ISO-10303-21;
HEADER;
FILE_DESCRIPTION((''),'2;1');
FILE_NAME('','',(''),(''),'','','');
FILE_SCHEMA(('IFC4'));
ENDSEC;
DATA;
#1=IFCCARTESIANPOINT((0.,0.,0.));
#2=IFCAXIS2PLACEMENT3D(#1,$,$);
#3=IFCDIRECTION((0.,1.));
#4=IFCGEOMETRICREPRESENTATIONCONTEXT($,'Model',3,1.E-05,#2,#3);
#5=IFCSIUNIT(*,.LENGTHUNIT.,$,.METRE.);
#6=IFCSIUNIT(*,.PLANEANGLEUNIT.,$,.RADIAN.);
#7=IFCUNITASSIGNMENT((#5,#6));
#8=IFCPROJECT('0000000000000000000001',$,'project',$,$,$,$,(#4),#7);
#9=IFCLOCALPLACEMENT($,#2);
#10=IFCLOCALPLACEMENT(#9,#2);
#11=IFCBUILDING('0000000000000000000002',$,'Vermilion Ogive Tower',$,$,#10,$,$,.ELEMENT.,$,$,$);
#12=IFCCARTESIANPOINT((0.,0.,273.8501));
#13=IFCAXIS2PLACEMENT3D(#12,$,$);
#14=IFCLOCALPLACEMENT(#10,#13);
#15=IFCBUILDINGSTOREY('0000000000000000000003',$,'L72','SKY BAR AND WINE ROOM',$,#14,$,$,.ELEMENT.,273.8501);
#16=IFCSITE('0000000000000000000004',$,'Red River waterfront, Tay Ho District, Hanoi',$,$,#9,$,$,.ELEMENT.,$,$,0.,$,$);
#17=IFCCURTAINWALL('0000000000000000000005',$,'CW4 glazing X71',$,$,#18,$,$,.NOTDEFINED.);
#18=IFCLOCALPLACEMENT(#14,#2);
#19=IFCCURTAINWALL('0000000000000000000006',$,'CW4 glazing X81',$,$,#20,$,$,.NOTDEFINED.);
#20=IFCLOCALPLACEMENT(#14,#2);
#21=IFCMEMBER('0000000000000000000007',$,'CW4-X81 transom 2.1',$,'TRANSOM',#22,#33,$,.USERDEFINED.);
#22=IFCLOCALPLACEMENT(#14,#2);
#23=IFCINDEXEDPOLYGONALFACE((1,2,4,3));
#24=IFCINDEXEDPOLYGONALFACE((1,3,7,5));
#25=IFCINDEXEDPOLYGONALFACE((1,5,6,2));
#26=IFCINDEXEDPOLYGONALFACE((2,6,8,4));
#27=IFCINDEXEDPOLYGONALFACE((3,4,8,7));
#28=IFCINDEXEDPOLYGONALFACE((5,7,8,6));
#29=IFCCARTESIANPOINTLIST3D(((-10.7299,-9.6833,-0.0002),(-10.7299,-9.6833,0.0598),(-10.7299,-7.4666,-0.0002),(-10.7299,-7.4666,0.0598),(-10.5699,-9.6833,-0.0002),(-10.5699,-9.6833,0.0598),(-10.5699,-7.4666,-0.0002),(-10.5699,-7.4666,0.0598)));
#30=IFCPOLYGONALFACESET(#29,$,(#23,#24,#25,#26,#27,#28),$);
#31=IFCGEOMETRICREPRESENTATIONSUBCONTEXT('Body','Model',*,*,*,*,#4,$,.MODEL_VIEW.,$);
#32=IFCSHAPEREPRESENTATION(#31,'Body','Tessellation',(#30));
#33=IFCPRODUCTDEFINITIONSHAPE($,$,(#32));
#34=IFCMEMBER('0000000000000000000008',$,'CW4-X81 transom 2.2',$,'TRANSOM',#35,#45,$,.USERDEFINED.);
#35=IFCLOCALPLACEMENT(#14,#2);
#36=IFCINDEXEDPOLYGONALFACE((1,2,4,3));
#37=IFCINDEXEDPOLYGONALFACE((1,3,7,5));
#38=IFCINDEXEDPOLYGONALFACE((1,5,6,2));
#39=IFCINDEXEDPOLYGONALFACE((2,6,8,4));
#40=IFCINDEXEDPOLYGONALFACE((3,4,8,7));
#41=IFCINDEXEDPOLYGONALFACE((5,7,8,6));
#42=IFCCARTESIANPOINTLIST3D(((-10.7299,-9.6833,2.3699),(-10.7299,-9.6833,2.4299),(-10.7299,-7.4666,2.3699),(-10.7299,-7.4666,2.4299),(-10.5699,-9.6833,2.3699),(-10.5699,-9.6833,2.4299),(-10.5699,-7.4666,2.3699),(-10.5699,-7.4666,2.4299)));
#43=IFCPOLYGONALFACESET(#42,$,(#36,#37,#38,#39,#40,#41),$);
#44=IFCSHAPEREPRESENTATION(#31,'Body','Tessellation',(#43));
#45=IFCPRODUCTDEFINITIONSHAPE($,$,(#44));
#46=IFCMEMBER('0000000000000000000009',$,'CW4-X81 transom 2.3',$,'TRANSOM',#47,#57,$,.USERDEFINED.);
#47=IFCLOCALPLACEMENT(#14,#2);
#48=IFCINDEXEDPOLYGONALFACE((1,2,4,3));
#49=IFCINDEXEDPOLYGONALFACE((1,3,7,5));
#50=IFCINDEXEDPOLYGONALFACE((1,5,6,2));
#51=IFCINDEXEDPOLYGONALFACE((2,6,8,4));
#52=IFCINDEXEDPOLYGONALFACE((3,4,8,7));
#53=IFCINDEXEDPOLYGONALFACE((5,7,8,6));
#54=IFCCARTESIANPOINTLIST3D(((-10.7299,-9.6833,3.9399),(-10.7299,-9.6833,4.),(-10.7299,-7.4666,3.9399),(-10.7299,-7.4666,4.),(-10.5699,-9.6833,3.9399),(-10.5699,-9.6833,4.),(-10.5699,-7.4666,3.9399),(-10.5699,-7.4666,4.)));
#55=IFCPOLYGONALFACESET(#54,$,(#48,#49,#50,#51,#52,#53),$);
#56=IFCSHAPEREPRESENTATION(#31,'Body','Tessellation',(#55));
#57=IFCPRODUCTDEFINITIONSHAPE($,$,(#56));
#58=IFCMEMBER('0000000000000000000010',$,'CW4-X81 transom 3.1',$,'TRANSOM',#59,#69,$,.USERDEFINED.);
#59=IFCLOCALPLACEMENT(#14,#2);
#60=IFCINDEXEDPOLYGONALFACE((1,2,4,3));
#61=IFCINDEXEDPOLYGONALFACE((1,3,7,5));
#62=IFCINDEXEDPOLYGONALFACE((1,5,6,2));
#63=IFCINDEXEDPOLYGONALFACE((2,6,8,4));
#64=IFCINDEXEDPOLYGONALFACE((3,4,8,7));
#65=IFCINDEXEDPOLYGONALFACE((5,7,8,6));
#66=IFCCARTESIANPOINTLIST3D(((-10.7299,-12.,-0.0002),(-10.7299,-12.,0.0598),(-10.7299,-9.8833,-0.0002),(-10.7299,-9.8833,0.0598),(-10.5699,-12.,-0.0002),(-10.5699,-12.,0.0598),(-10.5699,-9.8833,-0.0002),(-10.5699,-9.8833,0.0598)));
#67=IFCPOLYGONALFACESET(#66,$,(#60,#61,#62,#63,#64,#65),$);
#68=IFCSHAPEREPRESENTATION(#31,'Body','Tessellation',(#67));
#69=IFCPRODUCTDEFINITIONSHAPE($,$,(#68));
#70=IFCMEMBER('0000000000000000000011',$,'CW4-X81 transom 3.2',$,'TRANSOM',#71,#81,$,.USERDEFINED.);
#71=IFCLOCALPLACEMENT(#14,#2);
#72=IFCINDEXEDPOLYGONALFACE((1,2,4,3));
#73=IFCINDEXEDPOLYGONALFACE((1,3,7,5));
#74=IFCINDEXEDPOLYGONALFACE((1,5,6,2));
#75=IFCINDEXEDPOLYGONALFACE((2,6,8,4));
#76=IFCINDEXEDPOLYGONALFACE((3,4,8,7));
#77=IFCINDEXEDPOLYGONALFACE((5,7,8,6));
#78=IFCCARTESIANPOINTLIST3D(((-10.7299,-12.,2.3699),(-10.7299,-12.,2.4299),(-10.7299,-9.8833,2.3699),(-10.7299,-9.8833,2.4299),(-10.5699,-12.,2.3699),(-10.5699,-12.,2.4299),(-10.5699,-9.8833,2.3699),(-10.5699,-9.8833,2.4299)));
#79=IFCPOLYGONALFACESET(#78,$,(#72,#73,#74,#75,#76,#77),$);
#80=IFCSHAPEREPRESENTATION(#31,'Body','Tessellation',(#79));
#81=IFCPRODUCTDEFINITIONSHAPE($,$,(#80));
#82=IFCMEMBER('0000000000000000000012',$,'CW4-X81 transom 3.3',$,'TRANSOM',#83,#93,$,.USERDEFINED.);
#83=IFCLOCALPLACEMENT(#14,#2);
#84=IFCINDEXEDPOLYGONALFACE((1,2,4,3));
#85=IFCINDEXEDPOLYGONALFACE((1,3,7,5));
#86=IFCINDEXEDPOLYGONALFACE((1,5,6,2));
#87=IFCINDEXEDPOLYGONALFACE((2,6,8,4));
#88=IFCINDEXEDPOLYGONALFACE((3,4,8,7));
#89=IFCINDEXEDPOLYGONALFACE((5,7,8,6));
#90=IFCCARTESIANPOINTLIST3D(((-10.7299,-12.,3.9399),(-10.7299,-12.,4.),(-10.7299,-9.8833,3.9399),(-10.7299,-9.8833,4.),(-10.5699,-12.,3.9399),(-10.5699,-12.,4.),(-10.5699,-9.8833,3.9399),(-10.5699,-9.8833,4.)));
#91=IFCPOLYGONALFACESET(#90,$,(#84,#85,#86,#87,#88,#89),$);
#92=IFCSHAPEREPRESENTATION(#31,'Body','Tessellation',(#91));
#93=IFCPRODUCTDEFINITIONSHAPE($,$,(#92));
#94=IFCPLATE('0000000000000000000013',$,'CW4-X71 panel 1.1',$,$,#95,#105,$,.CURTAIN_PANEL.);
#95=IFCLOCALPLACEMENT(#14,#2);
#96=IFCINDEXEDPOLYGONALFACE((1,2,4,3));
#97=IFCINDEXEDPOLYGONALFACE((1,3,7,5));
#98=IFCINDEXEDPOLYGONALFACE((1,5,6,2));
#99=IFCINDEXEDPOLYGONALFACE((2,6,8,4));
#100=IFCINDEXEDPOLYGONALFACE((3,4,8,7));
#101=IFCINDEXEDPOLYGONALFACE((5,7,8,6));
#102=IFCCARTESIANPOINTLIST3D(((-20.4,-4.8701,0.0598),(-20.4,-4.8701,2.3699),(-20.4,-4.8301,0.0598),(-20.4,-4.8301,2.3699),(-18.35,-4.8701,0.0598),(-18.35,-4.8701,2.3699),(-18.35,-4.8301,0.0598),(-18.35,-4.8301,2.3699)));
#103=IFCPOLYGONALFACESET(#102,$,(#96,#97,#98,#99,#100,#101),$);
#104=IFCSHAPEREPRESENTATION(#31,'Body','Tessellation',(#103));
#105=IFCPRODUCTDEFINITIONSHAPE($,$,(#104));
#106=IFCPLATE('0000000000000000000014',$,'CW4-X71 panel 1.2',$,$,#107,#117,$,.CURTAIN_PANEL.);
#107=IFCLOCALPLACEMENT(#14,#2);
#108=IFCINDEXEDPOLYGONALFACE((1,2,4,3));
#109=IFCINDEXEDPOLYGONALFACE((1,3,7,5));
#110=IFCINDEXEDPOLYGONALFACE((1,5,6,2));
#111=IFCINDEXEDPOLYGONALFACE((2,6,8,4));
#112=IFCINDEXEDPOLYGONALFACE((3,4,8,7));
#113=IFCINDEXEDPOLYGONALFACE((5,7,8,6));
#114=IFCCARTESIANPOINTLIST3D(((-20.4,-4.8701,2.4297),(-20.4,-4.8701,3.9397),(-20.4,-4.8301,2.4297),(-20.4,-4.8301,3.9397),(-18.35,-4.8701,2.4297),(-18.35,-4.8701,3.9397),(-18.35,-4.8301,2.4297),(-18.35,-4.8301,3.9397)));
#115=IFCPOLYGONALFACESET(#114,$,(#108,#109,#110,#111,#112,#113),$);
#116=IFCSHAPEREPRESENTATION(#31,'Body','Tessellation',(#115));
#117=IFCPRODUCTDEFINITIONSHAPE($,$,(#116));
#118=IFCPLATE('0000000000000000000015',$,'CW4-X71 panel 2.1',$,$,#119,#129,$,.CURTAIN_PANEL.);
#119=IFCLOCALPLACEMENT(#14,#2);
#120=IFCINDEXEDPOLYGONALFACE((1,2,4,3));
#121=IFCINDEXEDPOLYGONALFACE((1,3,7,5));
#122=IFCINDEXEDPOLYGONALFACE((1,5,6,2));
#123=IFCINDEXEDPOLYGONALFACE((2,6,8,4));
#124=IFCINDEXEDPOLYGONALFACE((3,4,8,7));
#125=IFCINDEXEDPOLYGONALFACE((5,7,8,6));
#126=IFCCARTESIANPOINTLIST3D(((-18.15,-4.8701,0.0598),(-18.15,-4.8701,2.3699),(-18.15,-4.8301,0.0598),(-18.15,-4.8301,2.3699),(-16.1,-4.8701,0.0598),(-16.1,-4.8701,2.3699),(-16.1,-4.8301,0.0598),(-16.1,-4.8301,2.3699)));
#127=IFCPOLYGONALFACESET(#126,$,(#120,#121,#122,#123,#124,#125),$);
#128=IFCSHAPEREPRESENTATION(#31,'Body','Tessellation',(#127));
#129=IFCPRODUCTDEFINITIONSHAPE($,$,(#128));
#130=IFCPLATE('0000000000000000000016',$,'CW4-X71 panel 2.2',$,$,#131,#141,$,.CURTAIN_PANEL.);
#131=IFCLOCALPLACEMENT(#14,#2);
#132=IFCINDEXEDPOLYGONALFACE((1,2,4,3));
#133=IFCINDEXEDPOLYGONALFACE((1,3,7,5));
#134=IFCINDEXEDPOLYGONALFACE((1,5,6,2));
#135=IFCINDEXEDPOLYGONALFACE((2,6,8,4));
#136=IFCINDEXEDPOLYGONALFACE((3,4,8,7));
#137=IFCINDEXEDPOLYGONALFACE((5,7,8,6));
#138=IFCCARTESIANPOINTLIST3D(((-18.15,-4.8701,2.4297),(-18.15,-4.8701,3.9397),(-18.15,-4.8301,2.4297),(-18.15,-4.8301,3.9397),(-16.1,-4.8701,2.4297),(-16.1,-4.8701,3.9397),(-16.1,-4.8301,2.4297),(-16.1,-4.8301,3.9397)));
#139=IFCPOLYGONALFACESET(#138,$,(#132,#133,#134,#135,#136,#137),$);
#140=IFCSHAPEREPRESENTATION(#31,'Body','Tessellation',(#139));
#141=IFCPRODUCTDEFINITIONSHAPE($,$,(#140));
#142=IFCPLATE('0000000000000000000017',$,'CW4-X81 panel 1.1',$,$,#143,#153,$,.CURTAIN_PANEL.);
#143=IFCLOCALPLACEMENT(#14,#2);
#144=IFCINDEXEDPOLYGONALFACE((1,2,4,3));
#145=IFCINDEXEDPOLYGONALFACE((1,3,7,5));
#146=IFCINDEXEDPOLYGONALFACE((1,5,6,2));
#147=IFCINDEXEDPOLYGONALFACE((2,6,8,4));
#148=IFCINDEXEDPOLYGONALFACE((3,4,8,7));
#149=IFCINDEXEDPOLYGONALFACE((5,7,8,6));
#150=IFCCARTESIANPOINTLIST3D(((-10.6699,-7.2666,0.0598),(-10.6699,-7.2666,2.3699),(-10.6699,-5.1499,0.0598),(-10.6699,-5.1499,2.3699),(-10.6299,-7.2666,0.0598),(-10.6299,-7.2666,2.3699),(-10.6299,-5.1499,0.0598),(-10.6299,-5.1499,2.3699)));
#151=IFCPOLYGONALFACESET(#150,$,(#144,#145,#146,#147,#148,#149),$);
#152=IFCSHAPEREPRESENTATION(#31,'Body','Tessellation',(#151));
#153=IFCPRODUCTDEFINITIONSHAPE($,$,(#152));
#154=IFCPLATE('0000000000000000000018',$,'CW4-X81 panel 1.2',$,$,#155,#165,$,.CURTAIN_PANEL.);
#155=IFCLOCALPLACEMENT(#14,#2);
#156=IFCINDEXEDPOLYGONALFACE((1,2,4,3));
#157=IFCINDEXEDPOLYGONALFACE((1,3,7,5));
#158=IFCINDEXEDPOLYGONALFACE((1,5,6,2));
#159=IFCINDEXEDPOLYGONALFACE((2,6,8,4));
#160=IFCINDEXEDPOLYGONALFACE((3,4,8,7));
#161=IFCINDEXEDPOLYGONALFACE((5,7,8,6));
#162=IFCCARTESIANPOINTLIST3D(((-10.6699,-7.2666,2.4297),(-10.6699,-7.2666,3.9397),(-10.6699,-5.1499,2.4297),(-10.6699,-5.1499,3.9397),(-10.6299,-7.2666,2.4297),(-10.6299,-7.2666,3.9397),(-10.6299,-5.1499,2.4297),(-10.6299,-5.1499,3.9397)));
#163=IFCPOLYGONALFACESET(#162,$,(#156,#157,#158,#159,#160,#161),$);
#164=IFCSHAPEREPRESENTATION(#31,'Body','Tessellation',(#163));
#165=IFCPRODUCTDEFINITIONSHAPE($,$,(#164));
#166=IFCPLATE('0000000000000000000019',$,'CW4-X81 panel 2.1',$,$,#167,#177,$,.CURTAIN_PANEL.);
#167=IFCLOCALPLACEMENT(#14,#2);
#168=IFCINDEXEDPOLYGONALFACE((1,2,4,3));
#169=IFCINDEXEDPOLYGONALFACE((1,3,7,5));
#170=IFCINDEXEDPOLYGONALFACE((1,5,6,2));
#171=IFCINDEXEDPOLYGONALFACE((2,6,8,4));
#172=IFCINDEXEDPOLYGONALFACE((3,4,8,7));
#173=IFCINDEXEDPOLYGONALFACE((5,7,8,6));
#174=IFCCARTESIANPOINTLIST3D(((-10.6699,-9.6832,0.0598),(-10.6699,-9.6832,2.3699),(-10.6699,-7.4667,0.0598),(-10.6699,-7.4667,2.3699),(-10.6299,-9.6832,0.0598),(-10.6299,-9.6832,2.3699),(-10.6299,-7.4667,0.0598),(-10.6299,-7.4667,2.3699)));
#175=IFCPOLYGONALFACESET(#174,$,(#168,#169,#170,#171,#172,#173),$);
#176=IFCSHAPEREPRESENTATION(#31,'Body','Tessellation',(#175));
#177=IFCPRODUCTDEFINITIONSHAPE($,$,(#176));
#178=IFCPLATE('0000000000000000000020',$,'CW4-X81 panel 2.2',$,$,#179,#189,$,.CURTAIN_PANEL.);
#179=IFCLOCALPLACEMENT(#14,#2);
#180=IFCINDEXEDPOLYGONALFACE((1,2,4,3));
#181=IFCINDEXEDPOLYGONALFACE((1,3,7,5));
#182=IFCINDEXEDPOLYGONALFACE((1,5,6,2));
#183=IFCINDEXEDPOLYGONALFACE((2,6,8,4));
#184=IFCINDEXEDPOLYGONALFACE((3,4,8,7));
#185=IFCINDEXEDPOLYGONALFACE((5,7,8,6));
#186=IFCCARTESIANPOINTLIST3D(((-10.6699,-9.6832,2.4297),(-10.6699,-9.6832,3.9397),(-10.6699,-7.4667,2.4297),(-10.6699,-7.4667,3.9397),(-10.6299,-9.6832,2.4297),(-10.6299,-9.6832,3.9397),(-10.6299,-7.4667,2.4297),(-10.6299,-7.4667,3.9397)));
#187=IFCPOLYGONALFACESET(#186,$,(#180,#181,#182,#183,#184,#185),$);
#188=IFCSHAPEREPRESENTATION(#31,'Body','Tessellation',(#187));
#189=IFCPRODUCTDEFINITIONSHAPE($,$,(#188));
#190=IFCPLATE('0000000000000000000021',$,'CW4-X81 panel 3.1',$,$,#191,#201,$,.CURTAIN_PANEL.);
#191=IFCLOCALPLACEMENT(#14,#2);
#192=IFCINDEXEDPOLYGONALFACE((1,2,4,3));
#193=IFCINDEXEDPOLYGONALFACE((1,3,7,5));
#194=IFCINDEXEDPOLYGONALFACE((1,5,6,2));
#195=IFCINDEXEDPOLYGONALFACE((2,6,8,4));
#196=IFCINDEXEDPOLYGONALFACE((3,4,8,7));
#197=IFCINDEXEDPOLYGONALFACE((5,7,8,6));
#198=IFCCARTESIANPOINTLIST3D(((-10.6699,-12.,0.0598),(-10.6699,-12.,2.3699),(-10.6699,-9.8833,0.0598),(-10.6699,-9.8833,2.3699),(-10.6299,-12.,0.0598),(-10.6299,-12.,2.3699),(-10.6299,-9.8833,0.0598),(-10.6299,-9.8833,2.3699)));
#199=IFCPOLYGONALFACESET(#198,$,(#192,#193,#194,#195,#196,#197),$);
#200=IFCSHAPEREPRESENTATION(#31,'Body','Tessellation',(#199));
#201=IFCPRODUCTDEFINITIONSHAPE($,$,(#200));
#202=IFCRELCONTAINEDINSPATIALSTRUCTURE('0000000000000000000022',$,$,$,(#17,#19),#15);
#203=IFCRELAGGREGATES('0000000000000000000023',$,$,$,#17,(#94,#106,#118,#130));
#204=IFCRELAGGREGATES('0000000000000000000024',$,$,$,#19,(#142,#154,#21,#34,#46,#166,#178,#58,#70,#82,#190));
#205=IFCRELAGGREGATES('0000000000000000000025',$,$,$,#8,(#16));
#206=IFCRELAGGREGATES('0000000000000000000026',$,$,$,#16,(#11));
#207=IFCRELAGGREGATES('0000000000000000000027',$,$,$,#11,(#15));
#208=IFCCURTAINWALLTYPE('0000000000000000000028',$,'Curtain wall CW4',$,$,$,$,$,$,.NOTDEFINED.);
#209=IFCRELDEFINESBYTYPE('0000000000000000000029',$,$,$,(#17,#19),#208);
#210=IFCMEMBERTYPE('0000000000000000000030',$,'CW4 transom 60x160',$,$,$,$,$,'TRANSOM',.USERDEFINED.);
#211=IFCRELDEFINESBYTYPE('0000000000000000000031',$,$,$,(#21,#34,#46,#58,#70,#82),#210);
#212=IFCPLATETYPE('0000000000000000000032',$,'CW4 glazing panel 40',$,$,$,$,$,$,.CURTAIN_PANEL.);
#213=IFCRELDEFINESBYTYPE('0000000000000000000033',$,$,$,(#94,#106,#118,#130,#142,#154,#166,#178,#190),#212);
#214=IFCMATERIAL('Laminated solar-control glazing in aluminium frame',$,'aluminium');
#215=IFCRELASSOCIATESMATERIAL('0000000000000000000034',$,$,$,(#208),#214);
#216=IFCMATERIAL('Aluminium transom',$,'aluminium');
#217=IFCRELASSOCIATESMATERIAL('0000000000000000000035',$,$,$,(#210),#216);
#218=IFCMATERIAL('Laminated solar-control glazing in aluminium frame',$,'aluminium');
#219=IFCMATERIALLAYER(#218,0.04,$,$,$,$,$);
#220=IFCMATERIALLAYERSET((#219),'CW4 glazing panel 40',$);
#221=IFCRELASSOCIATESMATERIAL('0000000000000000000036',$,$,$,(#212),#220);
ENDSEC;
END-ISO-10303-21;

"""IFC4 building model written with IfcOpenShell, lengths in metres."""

from ifc_helpers import new_model, si_unit, direction, frame, origin, origin_2d, place, context, subcontext, project, spatial, rectangle, extrude, material, layer, layer_set, material_profile, profile_set, type_object, element, aggregate, save


model = new_model("IFC4")

# Units and contexts
model_context = context("Model", 3, precision=1e-05, world=origin(), true_north=direction((0.0, 1.0)))
body_context = subcontext(model_context, "Body", "Model", "MODEL_VIEW")
ifc_project = project(units=[si_unit("LENGTHUNIT", "METRE"), si_unit("PLANEANGLEUNIT", "RADIAN")], contexts=[model_context])

# Site, building, storey
site_placement = place(None, origin())
site = spatial("IfcSite", under=ifc_project, at=site_placement, Name="Red River waterfront, Tay Ho District, Hanoi", CompositionType="ELEMENT", RefElevation=0.0)
building_placement = place(site_placement, origin())
building = spatial("IfcBuilding", under=site, at=building_placement, Name="Vermilion Ogive Tower", CompositionType="ELEMENT")
storey_placement = place(building_placement, frame((0.0, 0.0, 273.8501)))
storey = spatial("IfcBuildingStorey", under=building, at=storey_placement, Name="L72", Description="SKY BAR AND WINE ROOM", CompositionType="ELEMENT", Elevation=273.8501)

# Curtain walls
ifc_material_1 = material(Name="Laminated solar-control glazing in aluminium frame", Category="aluminium")
curtain_wall_type = type_object("IfcCurtainWallType", Name="Curtain wall CW4", PredefinedType="NOTDEFINED", material=ifc_material_1)
curtain_wall_1_placement = place(storey_placement, origin())
curtain_wall_1 = element("IfcCurtainWall", 1, at=curtain_wall_1_placement, inside=storey, type_object=curtain_wall_type, Name="CW4 glazing X71", PredefinedType="NOTDEFINED")
curtain_wall_2_placement = place(storey_placement, origin())
curtain_wall_2 = element("IfcCurtainWall", 2, at=curtain_wall_2_placement, inside=storey, type_object=curtain_wall_type, Name="CW4 glazing X81", PredefinedType="NOTDEFINED")

# Members
ifc_material_2 = material(Name="Aluminium transom", Category="aluminium")
ifc_material_profile_1 = material_profile(ifc_material_2, rectangle(XDim=0.1599, YDim=0.0601, at=origin_2d()), Name="AL 60x160")
ifc_profile_set_1 = profile_set([ifc_material_profile_1], Name="Aluminium transom")
member_type_1 = type_object("IfcMemberType", Name="CW4 transom 60x160", ElementType="TRANSOM", PredefinedType="USERDEFINED", material=ifc_profile_set_1)
member_1_placement = place(storey_placement, frame((-10.6499, -7.4666, 0.0298), z_axis=(0.0, -1.0, 0.0), x_axis=(1.0, 0.0, 0.0)))
member_1 = element("IfcMember", 3, at=member_1_placement, type_object=member_type_1, Name="CW4-X81 transom 2.1", ObjectType="TRANSOM", PredefinedType="USERDEFINED", context=body_context, shape_type="SweptSolid", body=[
    extrude(rectangle(XDim=0.1599, YDim=0.0601, at=origin_2d()), origin(), (0.0, 0.0, 1.0), 2.2168),
])
member_2_placement = place(storey_placement, frame((-10.6499, -7.4666, 2.3999), z_axis=(0.0, -1.0, 0.0), x_axis=(1.0, 0.0, 0.0)))
member_2 = element("IfcMember", 4, at=member_2_placement, type_object=member_type_1, Name="CW4-X81 transom 2.2", ObjectType="TRANSOM", PredefinedType="USERDEFINED", context=body_context, shape_type="SweptSolid", body=[
    extrude(rectangle(XDim=0.1599, YDim=0.0601, at=origin_2d()), origin(), (0.0, 0.0, 1.0), 2.2168),
])
member_3_placement = place(storey_placement, frame((-10.6499, -7.4666, 3.97), z_axis=(0.0, -1.0, 0.0), x_axis=(1.0, 0.0, 0.0)))
member_3 = element("IfcMember", 5, at=member_3_placement, type_object=member_type_1, Name="CW4-X81 transom 2.3", ObjectType="TRANSOM", PredefinedType="USERDEFINED", context=body_context, shape_type="SweptSolid", body=[
    extrude(rectangle(XDim=0.1599, YDim=0.0601, at=origin_2d()), origin(), (0.0, 0.0, 1.0), 2.2168),
])
member_4_placement = place(storey_placement, frame((-10.6499, -9.8833, 0.0298), z_axis=(0.0, -1.0, 0.0), x_axis=(1.0, 0.0, 0.0)))
member_4 = element("IfcMember", 6, at=member_4_placement, type_object=member_type_1, Name="CW4-X81 transom 3.1", ObjectType="TRANSOM", PredefinedType="USERDEFINED", context=body_context, shape_type="SweptSolid", body=[
    extrude(rectangle(XDim=0.1599, YDim=0.0601, at=origin_2d()), origin(), (0.0, 0.0, 1.0), 2.1167),
])
member_5_placement = place(storey_placement, frame((-10.6499, -9.8833, 2.3999), z_axis=(0.0, -1.0, 0.0), x_axis=(1.0, 0.0, 0.0)))
member_5 = element("IfcMember", 7, at=member_5_placement, type_object=member_type_1, Name="CW4-X81 transom 3.2", ObjectType="TRANSOM", PredefinedType="USERDEFINED", context=body_context, shape_type="SweptSolid", body=[
    extrude(rectangle(XDim=0.1599, YDim=0.0601, at=origin_2d()), origin(), (0.0, 0.0, 1.0), 2.1167),
])
member_6_placement = place(storey_placement, frame((-10.6499, -9.8833, 3.97), z_axis=(0.0, -1.0, 0.0), x_axis=(1.0, 0.0, 0.0)))
member_6 = element("IfcMember", 8, at=member_6_placement, type_object=member_type_1, Name="CW4-X81 transom 3.3", ObjectType="TRANSOM", PredefinedType="USERDEFINED", context=body_context, shape_type="SweptSolid", body=[
    extrude(rectangle(XDim=0.1599, YDim=0.0601, at=origin_2d()), origin(), (0.0, 0.0, 1.0), 2.1167),
])

# Plates
ifc_material_3 = material(Name="Laminated solar-control glazing in aluminium frame", Category="aluminium")
ifc_layer_1 = layer(ifc_material_3, 0.04)
ifc_layer_set_1 = layer_set([ifc_layer_1], Name="CW4 glazing panel 40")
plate_type = type_object("IfcPlateType", Name="CW4 glazing panel 40", PredefinedType="CURTAIN_PANEL", material=ifc_layer_set_1)
plate_1_placement = place(storey_placement, frame((-19.375, -4.8501, 0.0598), z_axis=(0.0, 0.0, 1.0), x_axis=(1.0, 0.0, 0.0)))
plate_1 = element("IfcPlate", 9, at=plate_1_placement, type_object=plate_type, Name="CW4-X71 panel 1.1", PredefinedType="CURTAIN_PANEL", context=body_context, shape_type="SweptSolid", body=[
    extrude(rectangle(XDim=2.05, YDim=0.04, at=origin_2d()), origin(), (0.0, 0.0, 1.0), 2.3101),
])
plate_2_placement = place(storey_placement, frame((-19.375, -4.8501, 2.4297), z_axis=(0.0, 0.0, 1.0), x_axis=(1.0, 0.0, 0.0)))
plate_2 = element("IfcPlate", 10, at=plate_2_placement, type_object=plate_type, Name="CW4-X71 panel 1.2", PredefinedType="CURTAIN_PANEL", context=body_context, shape_type="SweptSolid", body=[
    extrude(rectangle(XDim=2.05, YDim=0.04, at=origin_2d()), origin(), (0.0, 0.0, 1.0), 1.51),
])
plate_3_placement = place(storey_placement, frame((-17.125, -4.8501, 0.0598), z_axis=(0.0, 0.0, 1.0), x_axis=(1.0, 0.0, 0.0)))
plate_3 = element("IfcPlate", 11, at=plate_3_placement, type_object=plate_type, Name="CW4-X71 panel 2.1", PredefinedType="CURTAIN_PANEL", context=body_context, shape_type="SweptSolid", body=[
    extrude(rectangle(XDim=2.05, YDim=0.04, at=origin_2d()), origin(), (0.0, 0.0, 1.0), 2.3101),
])
plate_4_placement = place(storey_placement, frame((-17.125, -4.8501, 2.4297), z_axis=(0.0, 0.0, 1.0), x_axis=(1.0, 0.0, 0.0)))
plate_4 = element("IfcPlate", 12, at=plate_4_placement, type_object=plate_type, Name="CW4-X71 panel 2.2", PredefinedType="CURTAIN_PANEL", context=body_context, shape_type="SweptSolid", body=[
    extrude(rectangle(XDim=2.05, YDim=0.04, at=origin_2d()), origin(), (0.0, 0.0, 1.0), 1.51),
])
aggregate(curtain_wall_1, [plate_1, plate_2, plate_3, plate_4])
plate_5_placement = place(storey_placement, frame((-10.6499, -6.2083, 0.0598), z_axis=(0.0, 0.0, 1.0), x_axis=(0.0, -1.0, 0.0)))
plate_5 = element("IfcPlate", 13, at=plate_5_placement, type_object=plate_type, Name="CW4-X81 panel 1.1", PredefinedType="CURTAIN_PANEL", context=body_context, shape_type="SweptSolid", body=[
    extrude(rectangle(XDim=2.1167, YDim=0.04, at=origin_2d()), origin(), (0.0, 0.0, 1.0), 2.3101),
])
plate_6_placement = place(storey_placement, frame((-10.6499, -6.2083, 2.4297), z_axis=(0.0, 0.0, 1.0), x_axis=(0.0, -1.0, 0.0)))
plate_6 = element("IfcPlate", 14, at=plate_6_placement, type_object=plate_type, Name="CW4-X81 panel 1.2", PredefinedType="CURTAIN_PANEL", context=body_context, shape_type="SweptSolid", body=[
    extrude(rectangle(XDim=2.1167, YDim=0.04, at=origin_2d()), origin(), (0.0, 0.0, 1.0), 1.51),
])
plate_7_placement = place(storey_placement, frame((-10.6499, -8.575, 0.0598), z_axis=(0.0, 0.0, 1.0), x_axis=(0.0, -1.0, 0.0)))
plate_7 = element("IfcPlate", 15, at=plate_7_placement, type_object=plate_type, Name="CW4-X81 panel 2.1", PredefinedType="CURTAIN_PANEL", context=body_context, shape_type="SweptSolid", body=[
    extrude(rectangle(XDim=2.2166, YDim=0.04, at=origin_2d()), origin(), (0.0, 0.0, 1.0), 2.3101),
])
plate_8_placement = place(storey_placement, frame((-10.6499, -8.575, 2.4297), z_axis=(0.0, 0.0, 1.0), x_axis=(0.0, -1.0, 0.0)))
plate_8 = element("IfcPlate", 16, at=plate_8_placement, type_object=plate_type, Name="CW4-X81 panel 2.2", PredefinedType="CURTAIN_PANEL", context=body_context, shape_type="SweptSolid", body=[
    extrude(rectangle(XDim=2.2166, YDim=0.04, at=origin_2d()), origin(), (0.0, 0.0, 1.0), 1.51),
])
plate_9_placement = place(storey_placement, frame((-10.6499, -10.9417, 0.0598), z_axis=(0.0, 0.0, 1.0), x_axis=(0.0, -1.0, 0.0)))
plate_9 = element("IfcPlate", 17, at=plate_9_placement, type_object=plate_type, Name="CW4-X81 panel 3.1", PredefinedType="CURTAIN_PANEL", context=body_context, shape_type="SweptSolid", body=[
    extrude(rectangle(XDim=2.1167, YDim=0.04, at=origin_2d()), origin(), (0.0, 0.0, 1.0), 2.3101),
])
aggregate(curtain_wall_2, [plate_5, plate_6, member_1, member_2, member_3, plate_7, plate_8, member_4, member_5, member_6, plate_9])

save(model, "model.ifc")
